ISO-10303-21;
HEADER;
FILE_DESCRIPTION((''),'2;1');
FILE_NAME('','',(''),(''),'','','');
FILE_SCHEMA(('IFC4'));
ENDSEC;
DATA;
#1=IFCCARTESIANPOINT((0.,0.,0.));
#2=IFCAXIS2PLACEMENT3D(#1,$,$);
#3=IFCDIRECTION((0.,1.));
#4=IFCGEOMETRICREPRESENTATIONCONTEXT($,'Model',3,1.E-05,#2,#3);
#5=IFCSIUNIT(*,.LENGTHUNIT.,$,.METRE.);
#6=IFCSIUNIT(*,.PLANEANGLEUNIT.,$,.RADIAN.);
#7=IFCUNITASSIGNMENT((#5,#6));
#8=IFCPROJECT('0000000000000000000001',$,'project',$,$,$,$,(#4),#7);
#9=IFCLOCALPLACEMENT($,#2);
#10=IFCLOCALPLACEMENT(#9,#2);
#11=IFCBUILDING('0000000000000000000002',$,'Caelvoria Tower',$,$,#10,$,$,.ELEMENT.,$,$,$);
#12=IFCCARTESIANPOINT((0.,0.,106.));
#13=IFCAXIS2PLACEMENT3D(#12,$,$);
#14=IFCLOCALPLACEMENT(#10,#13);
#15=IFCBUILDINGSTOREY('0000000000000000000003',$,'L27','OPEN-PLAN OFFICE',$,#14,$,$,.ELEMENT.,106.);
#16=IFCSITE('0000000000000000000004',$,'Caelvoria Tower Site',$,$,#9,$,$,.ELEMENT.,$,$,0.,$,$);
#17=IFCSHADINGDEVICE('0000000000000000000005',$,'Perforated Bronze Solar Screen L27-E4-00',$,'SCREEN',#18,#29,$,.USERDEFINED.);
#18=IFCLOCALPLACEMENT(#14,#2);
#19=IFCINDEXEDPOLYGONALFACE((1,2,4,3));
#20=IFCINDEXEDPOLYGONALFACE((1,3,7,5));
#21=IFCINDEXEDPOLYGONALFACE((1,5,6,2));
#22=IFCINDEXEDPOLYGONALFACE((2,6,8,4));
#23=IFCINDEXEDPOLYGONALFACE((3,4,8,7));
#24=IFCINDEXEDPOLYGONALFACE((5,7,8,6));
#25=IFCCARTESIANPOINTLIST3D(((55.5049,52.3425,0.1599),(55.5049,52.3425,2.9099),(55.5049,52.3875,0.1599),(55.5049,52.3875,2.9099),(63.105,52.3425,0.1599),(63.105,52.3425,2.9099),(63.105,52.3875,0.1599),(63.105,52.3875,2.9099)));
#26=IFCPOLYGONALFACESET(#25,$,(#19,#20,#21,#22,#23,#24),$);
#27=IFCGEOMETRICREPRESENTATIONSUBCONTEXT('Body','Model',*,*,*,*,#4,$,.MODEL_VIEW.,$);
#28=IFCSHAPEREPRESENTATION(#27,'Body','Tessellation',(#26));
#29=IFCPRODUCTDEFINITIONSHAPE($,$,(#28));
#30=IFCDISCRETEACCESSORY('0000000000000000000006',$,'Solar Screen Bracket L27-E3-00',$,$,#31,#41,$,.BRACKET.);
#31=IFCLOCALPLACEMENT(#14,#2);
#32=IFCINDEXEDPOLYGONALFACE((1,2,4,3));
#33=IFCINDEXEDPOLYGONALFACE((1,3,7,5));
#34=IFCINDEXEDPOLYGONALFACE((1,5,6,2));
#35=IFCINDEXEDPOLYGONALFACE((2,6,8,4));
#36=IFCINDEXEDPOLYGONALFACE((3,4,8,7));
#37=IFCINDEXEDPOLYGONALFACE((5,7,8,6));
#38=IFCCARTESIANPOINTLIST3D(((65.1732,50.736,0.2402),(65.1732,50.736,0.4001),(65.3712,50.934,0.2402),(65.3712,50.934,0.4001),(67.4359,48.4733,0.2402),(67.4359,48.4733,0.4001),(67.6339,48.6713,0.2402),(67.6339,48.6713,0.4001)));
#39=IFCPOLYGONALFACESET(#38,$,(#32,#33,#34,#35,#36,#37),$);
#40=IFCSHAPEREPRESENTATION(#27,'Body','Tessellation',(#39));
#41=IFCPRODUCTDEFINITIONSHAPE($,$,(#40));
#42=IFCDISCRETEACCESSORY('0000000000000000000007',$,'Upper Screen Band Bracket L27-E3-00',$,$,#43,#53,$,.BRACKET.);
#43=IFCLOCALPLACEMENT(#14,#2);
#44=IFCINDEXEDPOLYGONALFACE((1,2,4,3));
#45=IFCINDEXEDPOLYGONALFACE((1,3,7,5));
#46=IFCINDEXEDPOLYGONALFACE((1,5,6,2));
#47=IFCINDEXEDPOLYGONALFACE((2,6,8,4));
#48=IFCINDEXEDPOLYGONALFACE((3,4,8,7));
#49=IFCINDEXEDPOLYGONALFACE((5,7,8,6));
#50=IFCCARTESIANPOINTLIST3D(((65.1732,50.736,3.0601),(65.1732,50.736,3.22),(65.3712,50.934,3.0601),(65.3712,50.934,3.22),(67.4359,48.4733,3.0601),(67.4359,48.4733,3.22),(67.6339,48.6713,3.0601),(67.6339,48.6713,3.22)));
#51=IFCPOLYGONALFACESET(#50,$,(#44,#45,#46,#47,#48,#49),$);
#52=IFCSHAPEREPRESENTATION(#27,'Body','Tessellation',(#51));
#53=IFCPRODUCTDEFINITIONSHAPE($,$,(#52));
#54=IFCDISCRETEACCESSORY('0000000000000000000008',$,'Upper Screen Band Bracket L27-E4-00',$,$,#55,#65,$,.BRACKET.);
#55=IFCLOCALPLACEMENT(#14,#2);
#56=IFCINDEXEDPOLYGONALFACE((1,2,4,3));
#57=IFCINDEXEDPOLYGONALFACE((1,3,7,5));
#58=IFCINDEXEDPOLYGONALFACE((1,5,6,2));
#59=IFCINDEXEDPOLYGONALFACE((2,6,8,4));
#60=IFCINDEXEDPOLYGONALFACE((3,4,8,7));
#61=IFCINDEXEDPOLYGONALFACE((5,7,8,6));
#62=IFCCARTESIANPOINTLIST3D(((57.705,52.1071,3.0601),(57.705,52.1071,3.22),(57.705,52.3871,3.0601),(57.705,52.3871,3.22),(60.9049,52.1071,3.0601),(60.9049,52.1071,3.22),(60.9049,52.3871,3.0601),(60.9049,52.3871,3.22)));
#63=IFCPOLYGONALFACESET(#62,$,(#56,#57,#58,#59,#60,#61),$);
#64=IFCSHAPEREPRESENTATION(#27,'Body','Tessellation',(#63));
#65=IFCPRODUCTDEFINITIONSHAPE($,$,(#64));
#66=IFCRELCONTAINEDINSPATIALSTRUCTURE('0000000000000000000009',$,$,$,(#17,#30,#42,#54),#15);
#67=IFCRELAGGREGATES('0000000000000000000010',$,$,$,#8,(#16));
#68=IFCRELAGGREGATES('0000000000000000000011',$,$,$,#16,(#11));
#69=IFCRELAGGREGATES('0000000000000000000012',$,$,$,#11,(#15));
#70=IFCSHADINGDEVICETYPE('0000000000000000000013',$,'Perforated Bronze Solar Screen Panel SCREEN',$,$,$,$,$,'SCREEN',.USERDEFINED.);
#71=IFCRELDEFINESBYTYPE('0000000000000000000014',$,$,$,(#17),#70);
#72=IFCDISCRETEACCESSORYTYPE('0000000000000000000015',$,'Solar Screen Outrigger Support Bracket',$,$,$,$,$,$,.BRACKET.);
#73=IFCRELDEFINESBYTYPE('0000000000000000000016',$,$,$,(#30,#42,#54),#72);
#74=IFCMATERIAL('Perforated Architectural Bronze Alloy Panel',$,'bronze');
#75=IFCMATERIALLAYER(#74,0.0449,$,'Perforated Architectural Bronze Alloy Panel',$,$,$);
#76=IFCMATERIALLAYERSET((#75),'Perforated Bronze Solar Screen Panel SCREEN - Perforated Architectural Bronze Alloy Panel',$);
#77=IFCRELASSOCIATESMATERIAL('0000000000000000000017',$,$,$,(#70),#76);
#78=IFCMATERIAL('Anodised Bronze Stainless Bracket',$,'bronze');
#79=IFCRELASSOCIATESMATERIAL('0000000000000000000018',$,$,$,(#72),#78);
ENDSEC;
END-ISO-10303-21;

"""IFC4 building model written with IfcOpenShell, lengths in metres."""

from ifc_helpers import new_model, si_unit, direction, frame, origin, origin_2d, place, context, subcontext, project, spatial, rectangle, extrude, material, layer, layer_set, type_object, element, save


model = new_model("IFC4")

# Units and contexts
model_context = context("Model", 3, precision=1e-05, world=origin(), true_north=direction((0.0, 1.0)))
body_context = subcontext(model_context, "Body", "Model", "MODEL_VIEW")
ifc_project = project(units=[si_unit("LENGTHUNIT", "METRE"), si_unit("PLANEANGLEUNIT", "RADIAN")], contexts=[model_context])

# Site, building, storey
site_placement = place(None, origin())
site = spatial("IfcSite", under=ifc_project, at=site_placement, Name="Caelvoria Tower Site", CompositionType="ELEMENT", RefElevation=0.0)
building_placement = place(site_placement, origin())
building = spatial("IfcBuilding", under=site, at=building_placement, Name="Caelvoria Tower", CompositionType="ELEMENT")
storey_placement = place(building_placement, frame((0.0, 0.0, 106.0)))
storey = spatial("IfcBuildingStorey", under=building, at=storey_placement, Name="L27", Description="OPEN-PLAN OFFICE", CompositionType="ELEMENT", Elevation=106.0)

# Shading device
ifc_material_1 = material(Name="Perforated Architectural Bronze Alloy Panel", Category="bronze")
ifc_layer_1 = layer(ifc_material_1, 0.0449, Name="Perforated Architectural Bronze Alloy Panel")
ifc_layer_set_1 = layer_set([ifc_layer_1], Name="Perforated Bronze Solar Screen Panel SCREEN - Perforated Architectural Bronze Alloy Panel")
shading_device_type = type_object("IfcShadingDeviceType", Name="Perforated Bronze Solar Screen Panel SCREEN", ElementType="SCREEN", PredefinedType="USERDEFINED", material=ifc_layer_set_1)
shading_device_1_placement = place(storey_placement, frame((59.3049, 52.365, 0.1599), z_axis=(0.0, 0.0, 1.0), x_axis=(-1.0, 0.0, 0.0)))
element("IfcShadingDevice", 1, at=shading_device_1_placement, inside=storey, type_object=shading_device_type, Name="Perforated Bronze Solar Screen L27-E4-00", ObjectType="SCREEN", PredefinedType="USERDEFINED", context=body_context, shape_type="SweptSolid", body=[
    extrude(rectangle(XDim=7.6001, YDim=0.0449, at=origin_2d()), origin(), (0.0, 0.0, 1.0), 2.75),
])

# Discrete accessories
ifc_material_2 = material(Name="Anodised Bronze Stainless Bracket", Category="bronze")
discrete_accessory_type = type_object("IfcDiscreteAccessoryType", Name="Solar Screen Outrigger Support Bracket", PredefinedType="BRACKET", material=ifc_material_2)
for number, where, z_axis, x_axis, name in (
    (2, (66.4036, 49.7036, 0.2402), (0.0, 0.0, 1.0), (-0.707107, 0.707107, 0.0), "Solar Screen Bracket L27-E3-00"),
    (3, (66.4036, 49.7036, 3.0601), (0.0, 0.0, 1.0), (-0.707107, 0.707107, 0.0), "Upper Screen Band Bracket L27-E3-00"),
    (4, (59.3049, 52.2471, 3.0601), (0.0, 0.0, 1.0), (-1.0, 0.0, 0.0), "Upper Screen Band Bracket L27-E4-00"),
):
    element("IfcDiscreteAccessory", number, at=place(storey_placement, frame(where, z_axis=z_axis, x_axis=x_axis)), inside=storey, type_object=discrete_accessory_type, Name=name, PredefinedType="BRACKET", context=body_context, shape_type="SweptSolid", body=[
        extrude(rectangle(XDim=3.2, YDim=0.28, at=origin_2d()), origin(), (0.0, 0.0, 1.0), 0.1599),
    ])

save(model, "model.ifc")
